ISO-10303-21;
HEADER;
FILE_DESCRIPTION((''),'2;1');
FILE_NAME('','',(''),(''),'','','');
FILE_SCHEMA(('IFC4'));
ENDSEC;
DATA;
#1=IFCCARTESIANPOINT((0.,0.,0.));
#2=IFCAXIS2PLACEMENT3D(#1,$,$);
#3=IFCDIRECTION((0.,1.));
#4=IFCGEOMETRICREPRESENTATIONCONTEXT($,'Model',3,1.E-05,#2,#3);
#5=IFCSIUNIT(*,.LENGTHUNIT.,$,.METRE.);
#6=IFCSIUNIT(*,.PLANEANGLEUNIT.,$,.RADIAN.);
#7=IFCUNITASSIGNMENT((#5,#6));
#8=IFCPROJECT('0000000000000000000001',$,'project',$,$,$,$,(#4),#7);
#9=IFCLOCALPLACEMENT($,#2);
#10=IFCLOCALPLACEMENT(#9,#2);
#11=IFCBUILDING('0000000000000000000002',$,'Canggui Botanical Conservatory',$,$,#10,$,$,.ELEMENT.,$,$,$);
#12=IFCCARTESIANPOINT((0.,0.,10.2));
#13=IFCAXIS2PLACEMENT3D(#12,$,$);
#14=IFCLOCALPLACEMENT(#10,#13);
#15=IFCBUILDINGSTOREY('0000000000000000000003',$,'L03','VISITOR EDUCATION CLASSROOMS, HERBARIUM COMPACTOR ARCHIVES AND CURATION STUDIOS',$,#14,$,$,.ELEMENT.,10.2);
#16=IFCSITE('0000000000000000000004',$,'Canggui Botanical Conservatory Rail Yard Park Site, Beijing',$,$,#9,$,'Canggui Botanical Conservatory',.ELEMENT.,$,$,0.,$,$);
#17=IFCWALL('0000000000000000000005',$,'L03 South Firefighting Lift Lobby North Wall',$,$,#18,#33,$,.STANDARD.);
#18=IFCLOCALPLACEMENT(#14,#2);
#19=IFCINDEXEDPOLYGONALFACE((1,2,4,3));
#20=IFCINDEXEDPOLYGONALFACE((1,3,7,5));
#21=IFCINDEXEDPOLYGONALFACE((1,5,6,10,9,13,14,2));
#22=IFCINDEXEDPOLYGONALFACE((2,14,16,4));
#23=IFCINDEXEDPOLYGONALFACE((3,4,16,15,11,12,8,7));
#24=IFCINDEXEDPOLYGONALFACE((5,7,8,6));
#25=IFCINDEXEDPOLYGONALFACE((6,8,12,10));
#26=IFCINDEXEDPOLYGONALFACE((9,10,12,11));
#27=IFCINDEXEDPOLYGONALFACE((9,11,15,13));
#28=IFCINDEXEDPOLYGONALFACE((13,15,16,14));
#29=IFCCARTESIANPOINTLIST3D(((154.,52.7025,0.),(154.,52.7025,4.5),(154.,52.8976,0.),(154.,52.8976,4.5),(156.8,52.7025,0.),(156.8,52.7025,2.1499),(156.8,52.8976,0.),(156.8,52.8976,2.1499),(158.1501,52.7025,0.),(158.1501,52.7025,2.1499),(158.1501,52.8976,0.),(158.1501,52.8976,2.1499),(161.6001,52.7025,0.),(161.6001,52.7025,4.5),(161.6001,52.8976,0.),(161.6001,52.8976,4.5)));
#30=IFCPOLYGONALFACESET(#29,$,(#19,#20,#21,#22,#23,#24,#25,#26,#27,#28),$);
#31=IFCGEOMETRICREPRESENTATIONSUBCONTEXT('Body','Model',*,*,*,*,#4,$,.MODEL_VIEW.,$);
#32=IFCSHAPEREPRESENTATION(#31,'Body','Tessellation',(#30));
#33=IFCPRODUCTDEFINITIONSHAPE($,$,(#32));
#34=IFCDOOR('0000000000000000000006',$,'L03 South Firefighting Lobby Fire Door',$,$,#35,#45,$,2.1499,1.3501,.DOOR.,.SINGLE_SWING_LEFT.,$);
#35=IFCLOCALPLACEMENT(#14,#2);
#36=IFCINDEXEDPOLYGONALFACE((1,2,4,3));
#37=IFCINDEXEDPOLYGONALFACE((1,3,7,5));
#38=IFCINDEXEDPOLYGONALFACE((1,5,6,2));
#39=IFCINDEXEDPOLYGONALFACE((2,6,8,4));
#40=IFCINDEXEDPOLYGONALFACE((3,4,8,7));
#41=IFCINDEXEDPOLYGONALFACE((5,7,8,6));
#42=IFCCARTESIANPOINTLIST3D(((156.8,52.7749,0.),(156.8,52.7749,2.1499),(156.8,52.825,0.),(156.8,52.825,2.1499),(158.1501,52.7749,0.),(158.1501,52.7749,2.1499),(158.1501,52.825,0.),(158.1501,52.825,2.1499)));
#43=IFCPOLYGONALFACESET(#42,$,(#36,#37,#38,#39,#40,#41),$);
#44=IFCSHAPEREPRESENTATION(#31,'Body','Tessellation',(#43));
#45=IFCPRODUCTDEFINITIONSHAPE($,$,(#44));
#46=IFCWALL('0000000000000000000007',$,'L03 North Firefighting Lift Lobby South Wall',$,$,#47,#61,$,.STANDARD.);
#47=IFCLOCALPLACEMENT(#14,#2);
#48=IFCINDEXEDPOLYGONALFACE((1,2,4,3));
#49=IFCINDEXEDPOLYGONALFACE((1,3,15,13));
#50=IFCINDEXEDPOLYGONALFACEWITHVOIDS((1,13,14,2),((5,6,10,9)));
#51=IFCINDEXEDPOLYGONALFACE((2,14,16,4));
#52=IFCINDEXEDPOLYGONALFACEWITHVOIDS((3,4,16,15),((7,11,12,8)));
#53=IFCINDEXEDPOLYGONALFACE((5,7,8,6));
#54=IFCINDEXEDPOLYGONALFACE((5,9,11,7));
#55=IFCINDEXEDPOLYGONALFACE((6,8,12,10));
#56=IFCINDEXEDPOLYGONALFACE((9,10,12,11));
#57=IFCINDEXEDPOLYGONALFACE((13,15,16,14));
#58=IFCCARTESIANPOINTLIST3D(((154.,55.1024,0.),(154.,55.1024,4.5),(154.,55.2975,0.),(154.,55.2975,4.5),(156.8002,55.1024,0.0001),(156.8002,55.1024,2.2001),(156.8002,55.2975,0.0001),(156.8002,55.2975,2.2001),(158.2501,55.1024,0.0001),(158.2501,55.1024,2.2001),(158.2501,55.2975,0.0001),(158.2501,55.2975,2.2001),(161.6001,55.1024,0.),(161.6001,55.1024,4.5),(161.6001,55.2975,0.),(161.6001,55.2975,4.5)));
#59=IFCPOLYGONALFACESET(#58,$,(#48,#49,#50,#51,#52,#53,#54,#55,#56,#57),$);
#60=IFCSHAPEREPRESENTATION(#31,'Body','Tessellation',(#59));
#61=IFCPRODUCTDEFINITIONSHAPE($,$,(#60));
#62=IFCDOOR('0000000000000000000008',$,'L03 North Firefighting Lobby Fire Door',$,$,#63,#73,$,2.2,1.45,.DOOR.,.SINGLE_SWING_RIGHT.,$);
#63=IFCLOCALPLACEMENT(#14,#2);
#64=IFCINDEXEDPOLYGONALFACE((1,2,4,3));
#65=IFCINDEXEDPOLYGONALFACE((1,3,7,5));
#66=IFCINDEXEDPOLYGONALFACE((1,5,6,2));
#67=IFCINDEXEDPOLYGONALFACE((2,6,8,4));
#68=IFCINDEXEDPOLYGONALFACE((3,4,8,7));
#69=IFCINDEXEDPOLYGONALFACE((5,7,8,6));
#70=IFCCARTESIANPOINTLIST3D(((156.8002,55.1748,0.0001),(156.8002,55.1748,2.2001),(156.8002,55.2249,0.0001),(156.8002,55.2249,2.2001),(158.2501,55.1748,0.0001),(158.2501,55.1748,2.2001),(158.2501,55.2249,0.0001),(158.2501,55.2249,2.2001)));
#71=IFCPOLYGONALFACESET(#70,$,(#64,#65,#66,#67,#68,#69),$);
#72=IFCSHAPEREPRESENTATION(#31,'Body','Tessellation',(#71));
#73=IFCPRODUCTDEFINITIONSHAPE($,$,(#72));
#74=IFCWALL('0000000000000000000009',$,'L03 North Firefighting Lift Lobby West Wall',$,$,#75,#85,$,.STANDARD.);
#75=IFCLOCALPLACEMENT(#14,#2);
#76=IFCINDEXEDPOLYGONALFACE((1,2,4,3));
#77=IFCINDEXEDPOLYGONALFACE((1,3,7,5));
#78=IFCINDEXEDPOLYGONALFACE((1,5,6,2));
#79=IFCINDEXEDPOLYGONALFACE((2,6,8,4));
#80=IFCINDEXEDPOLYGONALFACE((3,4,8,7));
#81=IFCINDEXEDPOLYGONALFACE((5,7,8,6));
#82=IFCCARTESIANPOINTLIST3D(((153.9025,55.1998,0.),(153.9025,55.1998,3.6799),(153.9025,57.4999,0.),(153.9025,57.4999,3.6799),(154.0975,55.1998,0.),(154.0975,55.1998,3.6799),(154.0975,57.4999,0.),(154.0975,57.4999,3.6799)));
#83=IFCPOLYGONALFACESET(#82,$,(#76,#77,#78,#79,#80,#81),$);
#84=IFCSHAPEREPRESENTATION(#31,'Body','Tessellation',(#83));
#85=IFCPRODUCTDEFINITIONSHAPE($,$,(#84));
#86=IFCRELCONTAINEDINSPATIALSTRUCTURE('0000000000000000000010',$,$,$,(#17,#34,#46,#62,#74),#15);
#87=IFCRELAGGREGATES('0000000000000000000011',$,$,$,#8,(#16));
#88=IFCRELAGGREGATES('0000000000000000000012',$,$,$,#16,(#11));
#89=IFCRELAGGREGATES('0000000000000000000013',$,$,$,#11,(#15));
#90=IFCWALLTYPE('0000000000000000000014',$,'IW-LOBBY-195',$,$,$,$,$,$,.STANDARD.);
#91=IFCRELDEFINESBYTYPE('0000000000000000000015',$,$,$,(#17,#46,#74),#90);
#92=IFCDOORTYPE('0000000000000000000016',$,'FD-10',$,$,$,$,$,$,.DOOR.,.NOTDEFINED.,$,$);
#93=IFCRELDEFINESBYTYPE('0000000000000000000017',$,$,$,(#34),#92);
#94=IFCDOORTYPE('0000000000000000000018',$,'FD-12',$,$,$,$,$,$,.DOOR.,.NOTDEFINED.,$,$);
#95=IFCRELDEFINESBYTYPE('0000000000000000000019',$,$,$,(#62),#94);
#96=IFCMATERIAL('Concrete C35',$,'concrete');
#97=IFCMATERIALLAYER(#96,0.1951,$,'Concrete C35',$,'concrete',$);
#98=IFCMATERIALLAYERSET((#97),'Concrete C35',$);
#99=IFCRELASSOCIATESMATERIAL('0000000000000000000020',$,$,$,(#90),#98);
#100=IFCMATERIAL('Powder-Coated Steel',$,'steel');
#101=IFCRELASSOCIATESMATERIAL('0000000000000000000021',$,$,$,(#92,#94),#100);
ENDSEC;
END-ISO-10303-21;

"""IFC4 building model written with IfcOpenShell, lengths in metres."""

from ifc_helpers import new_model, si_unit, direction, frame, frame_2d, origin, place, context, subcontext, project, spatial, rectangle, extrude, material, layer, layer_set, type_object, element, fill, save


model = new_model("IFC4")

# Units and contexts
model_context = context("Model", 3, precision=1e-05, world=origin(), true_north=direction((0.0, 1.0)))
body_context = subcontext(model_context, "Body", "Model", "MODEL_VIEW")
ifc_project = project(units=[si_unit("LENGTHUNIT", "METRE"), si_unit("PLANEANGLEUNIT", "RADIAN")], contexts=[model_context])

# Site, building, storey
site_placement = place(None, origin())
site = spatial("IfcSite", under=ifc_project, at=site_placement, Name="Canggui Botanical Conservatory Rail Yard Park Site, Beijing", LongName="Canggui Botanical Conservatory", CompositionType="ELEMENT", RefElevation=0.0)
building_placement = place(site_placement, origin())
building = spatial("IfcBuilding", under=site, at=building_placement, Name="Canggui Botanical Conservatory", CompositionType="ELEMENT")
storey_placement = place(building_placement, frame((0.0, 0.0, 10.2)))
storey = spatial("IfcBuildingStorey", under=building, at=storey_placement, Name="L03", Description="VISITOR EDUCATION CLASSROOMS, HERBARIUM COMPACTOR ARCHIVES AND CURATION STUDIOS", CompositionType="ELEMENT", Elevation=10.2)

# Shared definitions
ifc_material_1 = material(Name="Concrete C35", Category="concrete")

# Walls, openings, doors
ifc_material_2 = material(Name="Powder-Coated Steel", Category="steel")
ifc_layer_1 = layer(ifc_material_1, 0.1951, Name="Concrete C35", Category="concrete")
ifc_layer_set_1 = layer_set([ifc_layer_1], Name="Concrete C35")
wall_type_1 = type_object("IfcWallType", Name="IW-LOBBY-195", PredefinedType="STANDARD", material=ifc_layer_set_1)
wall_1_placement = place(storey_placement, frame((154.0, 52.8, 0.0), z_axis=(0.0, 0.0, 1.0), x_axis=(1.0, 0.0, 0.0)))
wall_1 = element("IfcWall", 1, at=wall_1_placement, inside=storey, type_object=wall_type_1, Name="L03 South Firefighting Lift Lobby North Wall", PredefinedType="STANDARD", context=body_context, shape_type="SweptSolid", body=[
    extrude(rectangle(XDim=7.6001, YDim=0.1951, at=frame_2d((3.8, 0.0))), origin(), (0.0, 0.0, 1.0), 4.5),
])
opening_1_placement = place(wall_1_placement, frame((2.8, 0.0, 0.0)))
opening_1 = element("IfcOpeningElement", 2, at=opening_1_placement, cuts=wall_1, PredefinedType="OPENING", context=body_context, shape_type="SweptSolid", body=[
    extrude(rectangle(XDim=1.3501, YDim=2.1499, at=frame_2d((0.675, 1.075))), frame((0.0, 0.1074, 0.0), z_axis=(0.0, -1.0, 0.0), x_axis=(1.0, 0.0, 0.0)), (0.0, 0.0, 1.0), 0.2151),
])
door_type_1 = type_object("IfcDoorType", Name="FD-10", OperationType="NOTDEFINED", PredefinedType="DOOR", material=ifc_material_2)
door_1_placement = place(opening_1_placement, origin())
door_1 = element("IfcDoor", 3, at=door_1_placement, inside=storey, type_object=door_type_1, Name="L03 South Firefighting Lobby Fire Door", OperationType="SINGLE_SWING_LEFT", OverallHeight=2.1499, OverallWidth=1.3501, PredefinedType="DOOR", context=body_context, shape_type="SweptSolid", body=[
    extrude(rectangle(XDim=1.3501, YDim=2.1499, at=frame_2d((0.675, 1.075))), frame((0.0, 0.0249, 0.0), z_axis=(0.0, -1.0, 0.0), x_axis=(1.0, 0.0, 0.0)), (0.0, 0.0, 1.0), 0.05),
])
fill(opening_1, door_1)
wall_2_placement = place(storey_placement, frame((154.0, 55.2, 0.0), z_axis=(0.0, 0.0, 1.0), x_axis=(1.0, 0.0, 0.0)))
wall_2 = element("IfcWall", 4, at=wall_2_placement, inside=storey, type_object=wall_type_1, Name="L03 North Firefighting Lift Lobby South Wall", PredefinedType="STANDARD", context=body_context, shape_type="SweptSolid", body=[
    extrude(rectangle(XDim=7.6001, YDim=0.1951, at=frame_2d((3.8, 0.0))), origin(), (0.0, 0.0, 1.0), 4.5),
])
opening_2_placement = place(wall_2_placement, frame((2.8, 0.0, 0.0)))
opening_2 = element("IfcOpeningElement", 5, at=opening_2_placement, cuts=wall_2, PredefinedType="OPENING", context=body_context, shape_type="SweptSolid", body=[
    extrude(rectangle(XDim=1.45, YDim=2.2, at=frame_2d((0.7251, 1.1001))), frame((0.0, 0.1074, 0.0), z_axis=(0.0, -1.0, 0.0), x_axis=(1.0, 0.0, 0.0)), (0.0, 0.0, 1.0), 0.2151),
])
door_type_2 = type_object("IfcDoorType", Name="FD-12", OperationType="NOTDEFINED", PredefinedType="DOOR", material=ifc_material_2)
door_2_placement = place(opening_2_placement, origin())
door_2 = element("IfcDoor", 6, at=door_2_placement, inside=storey, type_object=door_type_2, Name="L03 North Firefighting Lobby Fire Door", OperationType="SINGLE_SWING_RIGHT", OverallHeight=2.2, OverallWidth=1.45, PredefinedType="DOOR", context=body_context, shape_type="SweptSolid", body=[
    extrude(rectangle(XDim=1.45, YDim=2.2, at=frame_2d((0.7251, 1.1001))), frame((0.0, 0.0249, 0.0), z_axis=(0.0, -1.0, 0.0), x_axis=(1.0, 0.0, 0.0)), (0.0, 0.0, 1.0), 0.05),
])
fill(opening_2, door_2)

# Wall
wall_3_placement = place(storey_placement, frame((154.0, 55.2, 0.0), z_axis=(0.0, 0.0, 1.0), x_axis=(0.0, 1.0, 0.0)))
element("IfcWall", 7, at=wall_3_placement, inside=storey, type_object=wall_type_1, Name="L03 North Firefighting Lift Lobby West Wall", PredefinedType="STANDARD", context=body_context, shape_type="SweptSolid", body=[
    extrude(rectangle(XDim=2.3, YDim=0.1951, at=frame_2d((1.1499, 0.0))), origin(), (0.0, 0.0, 1.0), 3.6799),
])

save(model, "model.ifc")
